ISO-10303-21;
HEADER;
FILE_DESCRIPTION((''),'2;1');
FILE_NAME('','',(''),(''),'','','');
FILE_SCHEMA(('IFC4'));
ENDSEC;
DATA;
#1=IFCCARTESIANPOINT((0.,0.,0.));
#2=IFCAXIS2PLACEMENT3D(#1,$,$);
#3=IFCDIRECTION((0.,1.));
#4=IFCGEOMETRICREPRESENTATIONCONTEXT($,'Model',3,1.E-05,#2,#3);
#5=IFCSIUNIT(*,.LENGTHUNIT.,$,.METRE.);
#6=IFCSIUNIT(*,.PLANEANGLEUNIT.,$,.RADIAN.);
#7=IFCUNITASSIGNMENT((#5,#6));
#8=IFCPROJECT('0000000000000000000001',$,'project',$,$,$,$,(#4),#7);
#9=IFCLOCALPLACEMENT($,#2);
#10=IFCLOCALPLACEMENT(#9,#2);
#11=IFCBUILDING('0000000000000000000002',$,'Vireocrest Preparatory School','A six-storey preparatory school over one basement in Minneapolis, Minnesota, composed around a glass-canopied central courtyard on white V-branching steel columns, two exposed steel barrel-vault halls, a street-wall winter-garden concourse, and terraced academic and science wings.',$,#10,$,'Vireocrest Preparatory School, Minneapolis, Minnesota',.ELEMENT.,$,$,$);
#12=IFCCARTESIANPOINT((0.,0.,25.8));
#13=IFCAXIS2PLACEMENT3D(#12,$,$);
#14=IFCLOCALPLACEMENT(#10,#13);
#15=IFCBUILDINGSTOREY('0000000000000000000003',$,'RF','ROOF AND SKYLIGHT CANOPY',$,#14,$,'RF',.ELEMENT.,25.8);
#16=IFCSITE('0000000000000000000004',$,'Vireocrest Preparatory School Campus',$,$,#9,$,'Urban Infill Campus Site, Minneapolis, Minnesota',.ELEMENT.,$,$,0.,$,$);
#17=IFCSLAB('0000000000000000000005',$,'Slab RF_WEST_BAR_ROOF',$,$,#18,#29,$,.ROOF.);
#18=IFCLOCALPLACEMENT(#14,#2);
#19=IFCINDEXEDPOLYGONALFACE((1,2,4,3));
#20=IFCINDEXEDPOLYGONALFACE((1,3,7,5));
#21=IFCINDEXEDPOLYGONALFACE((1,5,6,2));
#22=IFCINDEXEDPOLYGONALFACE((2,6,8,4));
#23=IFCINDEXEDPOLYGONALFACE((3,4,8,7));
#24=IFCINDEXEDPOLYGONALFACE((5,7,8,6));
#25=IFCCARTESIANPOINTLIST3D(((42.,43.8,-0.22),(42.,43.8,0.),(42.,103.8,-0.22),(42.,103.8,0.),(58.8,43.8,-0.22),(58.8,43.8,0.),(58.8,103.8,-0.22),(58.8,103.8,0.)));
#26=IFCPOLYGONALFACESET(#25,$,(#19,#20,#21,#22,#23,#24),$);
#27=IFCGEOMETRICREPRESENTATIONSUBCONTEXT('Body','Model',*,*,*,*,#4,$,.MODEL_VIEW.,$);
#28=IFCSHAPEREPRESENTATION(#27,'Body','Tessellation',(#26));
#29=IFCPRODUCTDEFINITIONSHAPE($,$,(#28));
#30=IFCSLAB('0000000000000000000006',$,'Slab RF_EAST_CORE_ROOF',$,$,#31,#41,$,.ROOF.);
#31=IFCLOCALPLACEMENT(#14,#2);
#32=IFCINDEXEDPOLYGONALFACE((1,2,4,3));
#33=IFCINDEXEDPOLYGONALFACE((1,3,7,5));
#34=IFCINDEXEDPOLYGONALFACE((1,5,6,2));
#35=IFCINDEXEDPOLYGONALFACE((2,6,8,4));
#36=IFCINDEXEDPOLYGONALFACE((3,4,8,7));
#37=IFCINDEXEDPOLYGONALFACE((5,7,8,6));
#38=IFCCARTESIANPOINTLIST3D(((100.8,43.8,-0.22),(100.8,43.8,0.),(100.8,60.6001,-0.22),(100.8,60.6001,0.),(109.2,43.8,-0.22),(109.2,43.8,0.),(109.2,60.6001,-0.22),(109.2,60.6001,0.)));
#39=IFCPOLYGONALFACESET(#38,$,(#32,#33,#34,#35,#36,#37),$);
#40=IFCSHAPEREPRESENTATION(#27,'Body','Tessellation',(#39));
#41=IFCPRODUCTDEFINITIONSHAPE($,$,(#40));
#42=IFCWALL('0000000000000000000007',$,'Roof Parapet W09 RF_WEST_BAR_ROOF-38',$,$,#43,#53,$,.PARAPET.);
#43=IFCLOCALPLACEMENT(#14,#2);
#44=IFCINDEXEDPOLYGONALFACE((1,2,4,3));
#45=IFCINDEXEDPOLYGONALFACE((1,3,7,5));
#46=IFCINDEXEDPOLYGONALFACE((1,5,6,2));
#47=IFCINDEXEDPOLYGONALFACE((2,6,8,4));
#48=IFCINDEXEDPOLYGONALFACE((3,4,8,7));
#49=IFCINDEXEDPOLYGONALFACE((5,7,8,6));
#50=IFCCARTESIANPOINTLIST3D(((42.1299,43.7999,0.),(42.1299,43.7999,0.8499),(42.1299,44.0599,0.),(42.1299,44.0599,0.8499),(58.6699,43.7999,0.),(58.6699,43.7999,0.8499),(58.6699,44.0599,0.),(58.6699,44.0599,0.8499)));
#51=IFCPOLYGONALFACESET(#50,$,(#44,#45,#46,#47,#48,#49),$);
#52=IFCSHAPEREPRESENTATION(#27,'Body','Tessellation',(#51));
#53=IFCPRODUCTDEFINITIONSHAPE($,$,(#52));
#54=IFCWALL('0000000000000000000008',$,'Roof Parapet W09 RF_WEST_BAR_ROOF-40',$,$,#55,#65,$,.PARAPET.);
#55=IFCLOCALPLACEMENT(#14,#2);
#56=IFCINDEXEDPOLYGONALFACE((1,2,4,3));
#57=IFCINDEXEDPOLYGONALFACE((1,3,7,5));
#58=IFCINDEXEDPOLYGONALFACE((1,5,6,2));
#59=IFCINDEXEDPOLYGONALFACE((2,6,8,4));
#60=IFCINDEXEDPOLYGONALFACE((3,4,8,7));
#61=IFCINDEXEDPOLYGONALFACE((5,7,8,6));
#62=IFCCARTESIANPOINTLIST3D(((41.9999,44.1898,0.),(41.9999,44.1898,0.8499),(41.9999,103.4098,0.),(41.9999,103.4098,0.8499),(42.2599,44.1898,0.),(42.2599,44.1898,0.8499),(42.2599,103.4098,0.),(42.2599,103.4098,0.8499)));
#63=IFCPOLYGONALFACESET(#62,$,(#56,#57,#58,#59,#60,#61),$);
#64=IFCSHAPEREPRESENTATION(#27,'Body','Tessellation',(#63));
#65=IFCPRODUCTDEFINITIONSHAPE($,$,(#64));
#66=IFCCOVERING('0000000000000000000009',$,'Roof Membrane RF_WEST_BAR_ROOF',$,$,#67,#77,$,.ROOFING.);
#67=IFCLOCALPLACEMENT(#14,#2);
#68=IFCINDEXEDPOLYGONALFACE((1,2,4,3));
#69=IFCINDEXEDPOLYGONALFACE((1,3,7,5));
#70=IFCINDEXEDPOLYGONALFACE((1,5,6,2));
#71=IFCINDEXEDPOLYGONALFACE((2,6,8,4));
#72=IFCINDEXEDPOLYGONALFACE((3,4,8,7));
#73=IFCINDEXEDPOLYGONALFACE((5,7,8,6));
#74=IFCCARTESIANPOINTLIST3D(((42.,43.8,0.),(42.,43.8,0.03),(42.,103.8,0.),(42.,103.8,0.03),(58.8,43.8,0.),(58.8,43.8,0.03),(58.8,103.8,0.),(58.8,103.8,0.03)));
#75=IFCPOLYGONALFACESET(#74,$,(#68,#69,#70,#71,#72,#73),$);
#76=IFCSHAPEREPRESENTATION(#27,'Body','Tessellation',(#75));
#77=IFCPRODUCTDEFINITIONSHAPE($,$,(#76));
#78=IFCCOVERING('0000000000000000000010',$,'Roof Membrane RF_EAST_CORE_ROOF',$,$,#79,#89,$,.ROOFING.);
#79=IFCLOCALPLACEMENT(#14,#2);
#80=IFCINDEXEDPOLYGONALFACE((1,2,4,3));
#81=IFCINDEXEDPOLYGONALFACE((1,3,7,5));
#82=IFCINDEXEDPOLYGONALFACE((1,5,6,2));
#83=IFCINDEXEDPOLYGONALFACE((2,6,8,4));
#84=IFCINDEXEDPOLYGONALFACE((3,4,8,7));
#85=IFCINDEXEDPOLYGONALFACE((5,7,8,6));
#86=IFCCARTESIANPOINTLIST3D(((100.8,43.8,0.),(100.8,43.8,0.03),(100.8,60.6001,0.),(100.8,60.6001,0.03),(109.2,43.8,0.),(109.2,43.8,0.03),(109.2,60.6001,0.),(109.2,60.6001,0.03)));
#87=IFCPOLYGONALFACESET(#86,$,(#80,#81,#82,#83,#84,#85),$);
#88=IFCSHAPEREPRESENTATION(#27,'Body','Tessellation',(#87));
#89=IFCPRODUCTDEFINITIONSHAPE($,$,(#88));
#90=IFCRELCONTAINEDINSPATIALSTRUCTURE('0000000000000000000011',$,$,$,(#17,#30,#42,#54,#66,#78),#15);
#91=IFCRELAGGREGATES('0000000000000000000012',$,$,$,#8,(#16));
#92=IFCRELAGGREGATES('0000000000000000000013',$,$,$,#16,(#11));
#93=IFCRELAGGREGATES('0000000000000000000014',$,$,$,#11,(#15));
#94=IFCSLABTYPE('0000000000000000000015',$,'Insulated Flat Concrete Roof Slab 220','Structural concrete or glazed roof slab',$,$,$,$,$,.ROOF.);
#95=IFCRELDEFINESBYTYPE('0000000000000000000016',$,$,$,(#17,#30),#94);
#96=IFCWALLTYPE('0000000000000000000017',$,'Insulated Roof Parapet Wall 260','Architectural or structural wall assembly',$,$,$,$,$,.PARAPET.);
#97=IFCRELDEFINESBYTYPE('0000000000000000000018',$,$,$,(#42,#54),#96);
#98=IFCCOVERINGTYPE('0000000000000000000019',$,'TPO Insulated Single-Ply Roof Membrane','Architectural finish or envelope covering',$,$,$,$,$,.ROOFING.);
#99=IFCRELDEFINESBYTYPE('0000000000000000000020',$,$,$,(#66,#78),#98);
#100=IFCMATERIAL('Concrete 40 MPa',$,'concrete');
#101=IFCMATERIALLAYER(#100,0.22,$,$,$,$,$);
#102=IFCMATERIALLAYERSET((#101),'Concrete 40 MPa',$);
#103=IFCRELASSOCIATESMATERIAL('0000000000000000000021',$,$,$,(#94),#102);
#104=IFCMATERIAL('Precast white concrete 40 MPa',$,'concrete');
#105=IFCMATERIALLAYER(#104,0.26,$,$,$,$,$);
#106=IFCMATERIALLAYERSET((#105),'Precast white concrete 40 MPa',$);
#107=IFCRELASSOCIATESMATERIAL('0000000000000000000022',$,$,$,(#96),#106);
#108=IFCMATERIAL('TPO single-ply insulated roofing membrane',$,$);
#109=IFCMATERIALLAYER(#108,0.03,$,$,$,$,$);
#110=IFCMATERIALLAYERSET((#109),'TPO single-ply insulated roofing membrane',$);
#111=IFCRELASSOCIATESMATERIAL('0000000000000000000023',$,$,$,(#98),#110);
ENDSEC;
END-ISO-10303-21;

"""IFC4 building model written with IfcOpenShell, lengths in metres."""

from ifc_helpers import new_model, si_unit, direction, frame, frame_2d, origin, place, context, subcontext, project, spatial, polyline, rectangle, outline, extrude, material, layer, layer_set, type_object, element, save


model = new_model("IFC4")

# Units and contexts
model_context = context("Model", 3, precision=1e-05, world=origin(), true_north=direction((0.0, 1.0)))
body_context = subcontext(model_context, "Body", "Model", "MODEL_VIEW")
ifc_project = project(units=[si_unit("LENGTHUNIT", "METRE"), si_unit("PLANEANGLEUNIT", "RADIAN")], contexts=[model_context])

# Site, building, storey
site_placement = place(None, origin())
site = spatial("IfcSite", under=ifc_project, at=site_placement, Name="Vireocrest Preparatory School Campus", LongName="Urban Infill Campus Site, Minneapolis, Minnesota", CompositionType="ELEMENT", RefElevation=0.0)
building_placement = place(site_placement, origin())
building = spatial("IfcBuilding", under=site, at=building_placement, Name="Vireocrest Preparatory School", Description="A six-storey preparatory school over one basement in Minneapolis, Minnesota, composed around a glass-canopied central courtyard on white V-branching steel columns, two exposed steel barrel-vault halls, a street-wall winter-garden concourse, and terraced academic and science wings.", LongName="Vireocrest Preparatory School, Minneapolis, Minnesota", CompositionType="ELEMENT")
storey_placement = place(building_placement, frame((0.0, 0.0, 25.8)))
storey = spatial("IfcBuildingStorey", under=building, at=storey_placement, Name="RF", Description="ROOF AND SKYLIGHT CANOPY", LongName="RF", CompositionType="ELEMENT", Elevation=25.8)

# Shared definitions
ifc_material_1 = material(Name="Concrete 40 MPa", Category="concrete")

# Slabs
ifc_layer_1 = layer(ifc_material_1, 0.22)
ifc_layer_set_1 = layer_set([ifc_layer_1], Name="Concrete 40 MPa")
slab_type = type_object("IfcSlabType", Name="Insulated Flat Concrete Roof Slab 220", Description="Structural concrete or glazed roof slab", PredefinedType="ROOF", material=ifc_layer_set_1)
slab_1_placement = place(storey_placement, frame((0.0, 0.0, -0.22)))
element("IfcSlab", 1, at=slab_1_placement, inside=storey, type_object=slab_type, Name="Slab RF_WEST_BAR_ROOF", PredefinedType="ROOF", context=body_context, shape_type="SweptSolid", body=[
    extrude(outline(polyline([(42.0, 43.8), (58.8, 43.8), (58.8, 103.8), (42.0, 103.8), (42.0, 43.8)])), origin(), (0.0, 0.0, 1.0), 0.22),
])
slab_2_placement = place(storey_placement, frame((0.0, 0.0, -0.22)))
element("IfcSlab", 2, at=slab_2_placement, inside=storey, type_object=slab_type, Name="Slab RF_EAST_CORE_ROOF", PredefinedType="ROOF", context=body_context, shape_type="SweptSolid", body=[
    extrude(outline(polyline([(100.8, 43.8), (109.2, 43.8), (109.2, 60.6001), (100.8, 60.6001), (100.8, 43.8)])), origin(), (0.0, 0.0, 1.0), 0.22),
])

# Walls
ifc_material_2 = material(Name="Precast white concrete 40 MPa", Category="concrete")
ifc_layer_2 = layer(ifc_material_2, 0.26)
ifc_layer_set_2 = layer_set([ifc_layer_2], Name="Precast white concrete 40 MPa")
wall_type = type_object("IfcWallType", Name="Insulated Roof Parapet Wall 260", Description="Architectural or structural wall assembly", PredefinedType="PARAPET", material=ifc_layer_set_2)
wall_1_placement = place(storey_placement, frame((42.1299, 43.9299, 0.0), z_axis=(0.0, 0.0, 1.0), x_axis=(1.0, 0.0, 0.0)))
element("IfcWall", 3, at=wall_1_placement, inside=storey, type_object=wall_type, Name="Roof Parapet W09 RF_WEST_BAR_ROOF-38", PredefinedType="PARAPET", context=body_context, shape_type="SweptSolid", body=[
    extrude(rectangle(XDim=16.54, YDim=0.26, at=frame_2d((8.27, 0.0))), origin(), (0.0, 0.0, 1.0), 0.8499),
])
wall_2_placement = place(storey_placement, frame((42.1299, 44.1899, 0.0), z_axis=(0.0, 0.0, 1.0), x_axis=(0.0, 1.0, 0.0)))
element("IfcWall", 4, at=wall_2_placement, inside=storey, type_object=wall_type, Name="Roof Parapet W09 RF_WEST_BAR_ROOF-40", PredefinedType="PARAPET", context=body_context, shape_type="SweptSolid", body=[
    extrude(rectangle(XDim=59.22, YDim=0.26, at=frame_2d((29.6099, 0.0))), origin(), (0.0, 0.0, 1.0), 0.8499),
])

# Coverings
ifc_material_3 = material(Name="TPO single-ply insulated roofing membrane")
ifc_layer_3 = layer(ifc_material_3, 0.03)
ifc_layer_set_3 = layer_set([ifc_layer_3], Name="TPO single-ply insulated roofing membrane")
covering_type = type_object("IfcCoveringType", Name="TPO Insulated Single-Ply Roof Membrane", Description="Architectural finish or envelope covering", PredefinedType="ROOFING", material=ifc_layer_set_3)
covering_1_placement = place(storey_placement, origin())
element("IfcCovering", 5, at=covering_1_placement, inside=storey, type_object=covering_type, Name="Roof Membrane RF_WEST_BAR_ROOF", PredefinedType="ROOFING", context=body_context, shape_type="SweptSolid", body=[
    extrude(outline(polyline([(42.0, 43.8), (58.8, 43.8), (58.8, 103.8), (42.0, 103.8), (42.0, 43.8)])), origin(), (0.0, 0.0, 1.0), 0.03),
])
covering_2_placement = place(storey_placement, origin())
element("IfcCovering", 6, at=covering_2_placement, inside=storey, type_object=covering_type, Name="Roof Membrane RF_EAST_CORE_ROOF", PredefinedType="ROOFING", context=body_context, shape_type="SweptSolid", body=[
    extrude(outline(polyline([(100.8, 43.8), (109.2, 43.8), (109.2, 60.6001), (100.8, 60.6001), (100.8, 43.8)])), origin(), (0.0, 0.0, 1.0), 0.03),
])

save(model, "model.ifc")
